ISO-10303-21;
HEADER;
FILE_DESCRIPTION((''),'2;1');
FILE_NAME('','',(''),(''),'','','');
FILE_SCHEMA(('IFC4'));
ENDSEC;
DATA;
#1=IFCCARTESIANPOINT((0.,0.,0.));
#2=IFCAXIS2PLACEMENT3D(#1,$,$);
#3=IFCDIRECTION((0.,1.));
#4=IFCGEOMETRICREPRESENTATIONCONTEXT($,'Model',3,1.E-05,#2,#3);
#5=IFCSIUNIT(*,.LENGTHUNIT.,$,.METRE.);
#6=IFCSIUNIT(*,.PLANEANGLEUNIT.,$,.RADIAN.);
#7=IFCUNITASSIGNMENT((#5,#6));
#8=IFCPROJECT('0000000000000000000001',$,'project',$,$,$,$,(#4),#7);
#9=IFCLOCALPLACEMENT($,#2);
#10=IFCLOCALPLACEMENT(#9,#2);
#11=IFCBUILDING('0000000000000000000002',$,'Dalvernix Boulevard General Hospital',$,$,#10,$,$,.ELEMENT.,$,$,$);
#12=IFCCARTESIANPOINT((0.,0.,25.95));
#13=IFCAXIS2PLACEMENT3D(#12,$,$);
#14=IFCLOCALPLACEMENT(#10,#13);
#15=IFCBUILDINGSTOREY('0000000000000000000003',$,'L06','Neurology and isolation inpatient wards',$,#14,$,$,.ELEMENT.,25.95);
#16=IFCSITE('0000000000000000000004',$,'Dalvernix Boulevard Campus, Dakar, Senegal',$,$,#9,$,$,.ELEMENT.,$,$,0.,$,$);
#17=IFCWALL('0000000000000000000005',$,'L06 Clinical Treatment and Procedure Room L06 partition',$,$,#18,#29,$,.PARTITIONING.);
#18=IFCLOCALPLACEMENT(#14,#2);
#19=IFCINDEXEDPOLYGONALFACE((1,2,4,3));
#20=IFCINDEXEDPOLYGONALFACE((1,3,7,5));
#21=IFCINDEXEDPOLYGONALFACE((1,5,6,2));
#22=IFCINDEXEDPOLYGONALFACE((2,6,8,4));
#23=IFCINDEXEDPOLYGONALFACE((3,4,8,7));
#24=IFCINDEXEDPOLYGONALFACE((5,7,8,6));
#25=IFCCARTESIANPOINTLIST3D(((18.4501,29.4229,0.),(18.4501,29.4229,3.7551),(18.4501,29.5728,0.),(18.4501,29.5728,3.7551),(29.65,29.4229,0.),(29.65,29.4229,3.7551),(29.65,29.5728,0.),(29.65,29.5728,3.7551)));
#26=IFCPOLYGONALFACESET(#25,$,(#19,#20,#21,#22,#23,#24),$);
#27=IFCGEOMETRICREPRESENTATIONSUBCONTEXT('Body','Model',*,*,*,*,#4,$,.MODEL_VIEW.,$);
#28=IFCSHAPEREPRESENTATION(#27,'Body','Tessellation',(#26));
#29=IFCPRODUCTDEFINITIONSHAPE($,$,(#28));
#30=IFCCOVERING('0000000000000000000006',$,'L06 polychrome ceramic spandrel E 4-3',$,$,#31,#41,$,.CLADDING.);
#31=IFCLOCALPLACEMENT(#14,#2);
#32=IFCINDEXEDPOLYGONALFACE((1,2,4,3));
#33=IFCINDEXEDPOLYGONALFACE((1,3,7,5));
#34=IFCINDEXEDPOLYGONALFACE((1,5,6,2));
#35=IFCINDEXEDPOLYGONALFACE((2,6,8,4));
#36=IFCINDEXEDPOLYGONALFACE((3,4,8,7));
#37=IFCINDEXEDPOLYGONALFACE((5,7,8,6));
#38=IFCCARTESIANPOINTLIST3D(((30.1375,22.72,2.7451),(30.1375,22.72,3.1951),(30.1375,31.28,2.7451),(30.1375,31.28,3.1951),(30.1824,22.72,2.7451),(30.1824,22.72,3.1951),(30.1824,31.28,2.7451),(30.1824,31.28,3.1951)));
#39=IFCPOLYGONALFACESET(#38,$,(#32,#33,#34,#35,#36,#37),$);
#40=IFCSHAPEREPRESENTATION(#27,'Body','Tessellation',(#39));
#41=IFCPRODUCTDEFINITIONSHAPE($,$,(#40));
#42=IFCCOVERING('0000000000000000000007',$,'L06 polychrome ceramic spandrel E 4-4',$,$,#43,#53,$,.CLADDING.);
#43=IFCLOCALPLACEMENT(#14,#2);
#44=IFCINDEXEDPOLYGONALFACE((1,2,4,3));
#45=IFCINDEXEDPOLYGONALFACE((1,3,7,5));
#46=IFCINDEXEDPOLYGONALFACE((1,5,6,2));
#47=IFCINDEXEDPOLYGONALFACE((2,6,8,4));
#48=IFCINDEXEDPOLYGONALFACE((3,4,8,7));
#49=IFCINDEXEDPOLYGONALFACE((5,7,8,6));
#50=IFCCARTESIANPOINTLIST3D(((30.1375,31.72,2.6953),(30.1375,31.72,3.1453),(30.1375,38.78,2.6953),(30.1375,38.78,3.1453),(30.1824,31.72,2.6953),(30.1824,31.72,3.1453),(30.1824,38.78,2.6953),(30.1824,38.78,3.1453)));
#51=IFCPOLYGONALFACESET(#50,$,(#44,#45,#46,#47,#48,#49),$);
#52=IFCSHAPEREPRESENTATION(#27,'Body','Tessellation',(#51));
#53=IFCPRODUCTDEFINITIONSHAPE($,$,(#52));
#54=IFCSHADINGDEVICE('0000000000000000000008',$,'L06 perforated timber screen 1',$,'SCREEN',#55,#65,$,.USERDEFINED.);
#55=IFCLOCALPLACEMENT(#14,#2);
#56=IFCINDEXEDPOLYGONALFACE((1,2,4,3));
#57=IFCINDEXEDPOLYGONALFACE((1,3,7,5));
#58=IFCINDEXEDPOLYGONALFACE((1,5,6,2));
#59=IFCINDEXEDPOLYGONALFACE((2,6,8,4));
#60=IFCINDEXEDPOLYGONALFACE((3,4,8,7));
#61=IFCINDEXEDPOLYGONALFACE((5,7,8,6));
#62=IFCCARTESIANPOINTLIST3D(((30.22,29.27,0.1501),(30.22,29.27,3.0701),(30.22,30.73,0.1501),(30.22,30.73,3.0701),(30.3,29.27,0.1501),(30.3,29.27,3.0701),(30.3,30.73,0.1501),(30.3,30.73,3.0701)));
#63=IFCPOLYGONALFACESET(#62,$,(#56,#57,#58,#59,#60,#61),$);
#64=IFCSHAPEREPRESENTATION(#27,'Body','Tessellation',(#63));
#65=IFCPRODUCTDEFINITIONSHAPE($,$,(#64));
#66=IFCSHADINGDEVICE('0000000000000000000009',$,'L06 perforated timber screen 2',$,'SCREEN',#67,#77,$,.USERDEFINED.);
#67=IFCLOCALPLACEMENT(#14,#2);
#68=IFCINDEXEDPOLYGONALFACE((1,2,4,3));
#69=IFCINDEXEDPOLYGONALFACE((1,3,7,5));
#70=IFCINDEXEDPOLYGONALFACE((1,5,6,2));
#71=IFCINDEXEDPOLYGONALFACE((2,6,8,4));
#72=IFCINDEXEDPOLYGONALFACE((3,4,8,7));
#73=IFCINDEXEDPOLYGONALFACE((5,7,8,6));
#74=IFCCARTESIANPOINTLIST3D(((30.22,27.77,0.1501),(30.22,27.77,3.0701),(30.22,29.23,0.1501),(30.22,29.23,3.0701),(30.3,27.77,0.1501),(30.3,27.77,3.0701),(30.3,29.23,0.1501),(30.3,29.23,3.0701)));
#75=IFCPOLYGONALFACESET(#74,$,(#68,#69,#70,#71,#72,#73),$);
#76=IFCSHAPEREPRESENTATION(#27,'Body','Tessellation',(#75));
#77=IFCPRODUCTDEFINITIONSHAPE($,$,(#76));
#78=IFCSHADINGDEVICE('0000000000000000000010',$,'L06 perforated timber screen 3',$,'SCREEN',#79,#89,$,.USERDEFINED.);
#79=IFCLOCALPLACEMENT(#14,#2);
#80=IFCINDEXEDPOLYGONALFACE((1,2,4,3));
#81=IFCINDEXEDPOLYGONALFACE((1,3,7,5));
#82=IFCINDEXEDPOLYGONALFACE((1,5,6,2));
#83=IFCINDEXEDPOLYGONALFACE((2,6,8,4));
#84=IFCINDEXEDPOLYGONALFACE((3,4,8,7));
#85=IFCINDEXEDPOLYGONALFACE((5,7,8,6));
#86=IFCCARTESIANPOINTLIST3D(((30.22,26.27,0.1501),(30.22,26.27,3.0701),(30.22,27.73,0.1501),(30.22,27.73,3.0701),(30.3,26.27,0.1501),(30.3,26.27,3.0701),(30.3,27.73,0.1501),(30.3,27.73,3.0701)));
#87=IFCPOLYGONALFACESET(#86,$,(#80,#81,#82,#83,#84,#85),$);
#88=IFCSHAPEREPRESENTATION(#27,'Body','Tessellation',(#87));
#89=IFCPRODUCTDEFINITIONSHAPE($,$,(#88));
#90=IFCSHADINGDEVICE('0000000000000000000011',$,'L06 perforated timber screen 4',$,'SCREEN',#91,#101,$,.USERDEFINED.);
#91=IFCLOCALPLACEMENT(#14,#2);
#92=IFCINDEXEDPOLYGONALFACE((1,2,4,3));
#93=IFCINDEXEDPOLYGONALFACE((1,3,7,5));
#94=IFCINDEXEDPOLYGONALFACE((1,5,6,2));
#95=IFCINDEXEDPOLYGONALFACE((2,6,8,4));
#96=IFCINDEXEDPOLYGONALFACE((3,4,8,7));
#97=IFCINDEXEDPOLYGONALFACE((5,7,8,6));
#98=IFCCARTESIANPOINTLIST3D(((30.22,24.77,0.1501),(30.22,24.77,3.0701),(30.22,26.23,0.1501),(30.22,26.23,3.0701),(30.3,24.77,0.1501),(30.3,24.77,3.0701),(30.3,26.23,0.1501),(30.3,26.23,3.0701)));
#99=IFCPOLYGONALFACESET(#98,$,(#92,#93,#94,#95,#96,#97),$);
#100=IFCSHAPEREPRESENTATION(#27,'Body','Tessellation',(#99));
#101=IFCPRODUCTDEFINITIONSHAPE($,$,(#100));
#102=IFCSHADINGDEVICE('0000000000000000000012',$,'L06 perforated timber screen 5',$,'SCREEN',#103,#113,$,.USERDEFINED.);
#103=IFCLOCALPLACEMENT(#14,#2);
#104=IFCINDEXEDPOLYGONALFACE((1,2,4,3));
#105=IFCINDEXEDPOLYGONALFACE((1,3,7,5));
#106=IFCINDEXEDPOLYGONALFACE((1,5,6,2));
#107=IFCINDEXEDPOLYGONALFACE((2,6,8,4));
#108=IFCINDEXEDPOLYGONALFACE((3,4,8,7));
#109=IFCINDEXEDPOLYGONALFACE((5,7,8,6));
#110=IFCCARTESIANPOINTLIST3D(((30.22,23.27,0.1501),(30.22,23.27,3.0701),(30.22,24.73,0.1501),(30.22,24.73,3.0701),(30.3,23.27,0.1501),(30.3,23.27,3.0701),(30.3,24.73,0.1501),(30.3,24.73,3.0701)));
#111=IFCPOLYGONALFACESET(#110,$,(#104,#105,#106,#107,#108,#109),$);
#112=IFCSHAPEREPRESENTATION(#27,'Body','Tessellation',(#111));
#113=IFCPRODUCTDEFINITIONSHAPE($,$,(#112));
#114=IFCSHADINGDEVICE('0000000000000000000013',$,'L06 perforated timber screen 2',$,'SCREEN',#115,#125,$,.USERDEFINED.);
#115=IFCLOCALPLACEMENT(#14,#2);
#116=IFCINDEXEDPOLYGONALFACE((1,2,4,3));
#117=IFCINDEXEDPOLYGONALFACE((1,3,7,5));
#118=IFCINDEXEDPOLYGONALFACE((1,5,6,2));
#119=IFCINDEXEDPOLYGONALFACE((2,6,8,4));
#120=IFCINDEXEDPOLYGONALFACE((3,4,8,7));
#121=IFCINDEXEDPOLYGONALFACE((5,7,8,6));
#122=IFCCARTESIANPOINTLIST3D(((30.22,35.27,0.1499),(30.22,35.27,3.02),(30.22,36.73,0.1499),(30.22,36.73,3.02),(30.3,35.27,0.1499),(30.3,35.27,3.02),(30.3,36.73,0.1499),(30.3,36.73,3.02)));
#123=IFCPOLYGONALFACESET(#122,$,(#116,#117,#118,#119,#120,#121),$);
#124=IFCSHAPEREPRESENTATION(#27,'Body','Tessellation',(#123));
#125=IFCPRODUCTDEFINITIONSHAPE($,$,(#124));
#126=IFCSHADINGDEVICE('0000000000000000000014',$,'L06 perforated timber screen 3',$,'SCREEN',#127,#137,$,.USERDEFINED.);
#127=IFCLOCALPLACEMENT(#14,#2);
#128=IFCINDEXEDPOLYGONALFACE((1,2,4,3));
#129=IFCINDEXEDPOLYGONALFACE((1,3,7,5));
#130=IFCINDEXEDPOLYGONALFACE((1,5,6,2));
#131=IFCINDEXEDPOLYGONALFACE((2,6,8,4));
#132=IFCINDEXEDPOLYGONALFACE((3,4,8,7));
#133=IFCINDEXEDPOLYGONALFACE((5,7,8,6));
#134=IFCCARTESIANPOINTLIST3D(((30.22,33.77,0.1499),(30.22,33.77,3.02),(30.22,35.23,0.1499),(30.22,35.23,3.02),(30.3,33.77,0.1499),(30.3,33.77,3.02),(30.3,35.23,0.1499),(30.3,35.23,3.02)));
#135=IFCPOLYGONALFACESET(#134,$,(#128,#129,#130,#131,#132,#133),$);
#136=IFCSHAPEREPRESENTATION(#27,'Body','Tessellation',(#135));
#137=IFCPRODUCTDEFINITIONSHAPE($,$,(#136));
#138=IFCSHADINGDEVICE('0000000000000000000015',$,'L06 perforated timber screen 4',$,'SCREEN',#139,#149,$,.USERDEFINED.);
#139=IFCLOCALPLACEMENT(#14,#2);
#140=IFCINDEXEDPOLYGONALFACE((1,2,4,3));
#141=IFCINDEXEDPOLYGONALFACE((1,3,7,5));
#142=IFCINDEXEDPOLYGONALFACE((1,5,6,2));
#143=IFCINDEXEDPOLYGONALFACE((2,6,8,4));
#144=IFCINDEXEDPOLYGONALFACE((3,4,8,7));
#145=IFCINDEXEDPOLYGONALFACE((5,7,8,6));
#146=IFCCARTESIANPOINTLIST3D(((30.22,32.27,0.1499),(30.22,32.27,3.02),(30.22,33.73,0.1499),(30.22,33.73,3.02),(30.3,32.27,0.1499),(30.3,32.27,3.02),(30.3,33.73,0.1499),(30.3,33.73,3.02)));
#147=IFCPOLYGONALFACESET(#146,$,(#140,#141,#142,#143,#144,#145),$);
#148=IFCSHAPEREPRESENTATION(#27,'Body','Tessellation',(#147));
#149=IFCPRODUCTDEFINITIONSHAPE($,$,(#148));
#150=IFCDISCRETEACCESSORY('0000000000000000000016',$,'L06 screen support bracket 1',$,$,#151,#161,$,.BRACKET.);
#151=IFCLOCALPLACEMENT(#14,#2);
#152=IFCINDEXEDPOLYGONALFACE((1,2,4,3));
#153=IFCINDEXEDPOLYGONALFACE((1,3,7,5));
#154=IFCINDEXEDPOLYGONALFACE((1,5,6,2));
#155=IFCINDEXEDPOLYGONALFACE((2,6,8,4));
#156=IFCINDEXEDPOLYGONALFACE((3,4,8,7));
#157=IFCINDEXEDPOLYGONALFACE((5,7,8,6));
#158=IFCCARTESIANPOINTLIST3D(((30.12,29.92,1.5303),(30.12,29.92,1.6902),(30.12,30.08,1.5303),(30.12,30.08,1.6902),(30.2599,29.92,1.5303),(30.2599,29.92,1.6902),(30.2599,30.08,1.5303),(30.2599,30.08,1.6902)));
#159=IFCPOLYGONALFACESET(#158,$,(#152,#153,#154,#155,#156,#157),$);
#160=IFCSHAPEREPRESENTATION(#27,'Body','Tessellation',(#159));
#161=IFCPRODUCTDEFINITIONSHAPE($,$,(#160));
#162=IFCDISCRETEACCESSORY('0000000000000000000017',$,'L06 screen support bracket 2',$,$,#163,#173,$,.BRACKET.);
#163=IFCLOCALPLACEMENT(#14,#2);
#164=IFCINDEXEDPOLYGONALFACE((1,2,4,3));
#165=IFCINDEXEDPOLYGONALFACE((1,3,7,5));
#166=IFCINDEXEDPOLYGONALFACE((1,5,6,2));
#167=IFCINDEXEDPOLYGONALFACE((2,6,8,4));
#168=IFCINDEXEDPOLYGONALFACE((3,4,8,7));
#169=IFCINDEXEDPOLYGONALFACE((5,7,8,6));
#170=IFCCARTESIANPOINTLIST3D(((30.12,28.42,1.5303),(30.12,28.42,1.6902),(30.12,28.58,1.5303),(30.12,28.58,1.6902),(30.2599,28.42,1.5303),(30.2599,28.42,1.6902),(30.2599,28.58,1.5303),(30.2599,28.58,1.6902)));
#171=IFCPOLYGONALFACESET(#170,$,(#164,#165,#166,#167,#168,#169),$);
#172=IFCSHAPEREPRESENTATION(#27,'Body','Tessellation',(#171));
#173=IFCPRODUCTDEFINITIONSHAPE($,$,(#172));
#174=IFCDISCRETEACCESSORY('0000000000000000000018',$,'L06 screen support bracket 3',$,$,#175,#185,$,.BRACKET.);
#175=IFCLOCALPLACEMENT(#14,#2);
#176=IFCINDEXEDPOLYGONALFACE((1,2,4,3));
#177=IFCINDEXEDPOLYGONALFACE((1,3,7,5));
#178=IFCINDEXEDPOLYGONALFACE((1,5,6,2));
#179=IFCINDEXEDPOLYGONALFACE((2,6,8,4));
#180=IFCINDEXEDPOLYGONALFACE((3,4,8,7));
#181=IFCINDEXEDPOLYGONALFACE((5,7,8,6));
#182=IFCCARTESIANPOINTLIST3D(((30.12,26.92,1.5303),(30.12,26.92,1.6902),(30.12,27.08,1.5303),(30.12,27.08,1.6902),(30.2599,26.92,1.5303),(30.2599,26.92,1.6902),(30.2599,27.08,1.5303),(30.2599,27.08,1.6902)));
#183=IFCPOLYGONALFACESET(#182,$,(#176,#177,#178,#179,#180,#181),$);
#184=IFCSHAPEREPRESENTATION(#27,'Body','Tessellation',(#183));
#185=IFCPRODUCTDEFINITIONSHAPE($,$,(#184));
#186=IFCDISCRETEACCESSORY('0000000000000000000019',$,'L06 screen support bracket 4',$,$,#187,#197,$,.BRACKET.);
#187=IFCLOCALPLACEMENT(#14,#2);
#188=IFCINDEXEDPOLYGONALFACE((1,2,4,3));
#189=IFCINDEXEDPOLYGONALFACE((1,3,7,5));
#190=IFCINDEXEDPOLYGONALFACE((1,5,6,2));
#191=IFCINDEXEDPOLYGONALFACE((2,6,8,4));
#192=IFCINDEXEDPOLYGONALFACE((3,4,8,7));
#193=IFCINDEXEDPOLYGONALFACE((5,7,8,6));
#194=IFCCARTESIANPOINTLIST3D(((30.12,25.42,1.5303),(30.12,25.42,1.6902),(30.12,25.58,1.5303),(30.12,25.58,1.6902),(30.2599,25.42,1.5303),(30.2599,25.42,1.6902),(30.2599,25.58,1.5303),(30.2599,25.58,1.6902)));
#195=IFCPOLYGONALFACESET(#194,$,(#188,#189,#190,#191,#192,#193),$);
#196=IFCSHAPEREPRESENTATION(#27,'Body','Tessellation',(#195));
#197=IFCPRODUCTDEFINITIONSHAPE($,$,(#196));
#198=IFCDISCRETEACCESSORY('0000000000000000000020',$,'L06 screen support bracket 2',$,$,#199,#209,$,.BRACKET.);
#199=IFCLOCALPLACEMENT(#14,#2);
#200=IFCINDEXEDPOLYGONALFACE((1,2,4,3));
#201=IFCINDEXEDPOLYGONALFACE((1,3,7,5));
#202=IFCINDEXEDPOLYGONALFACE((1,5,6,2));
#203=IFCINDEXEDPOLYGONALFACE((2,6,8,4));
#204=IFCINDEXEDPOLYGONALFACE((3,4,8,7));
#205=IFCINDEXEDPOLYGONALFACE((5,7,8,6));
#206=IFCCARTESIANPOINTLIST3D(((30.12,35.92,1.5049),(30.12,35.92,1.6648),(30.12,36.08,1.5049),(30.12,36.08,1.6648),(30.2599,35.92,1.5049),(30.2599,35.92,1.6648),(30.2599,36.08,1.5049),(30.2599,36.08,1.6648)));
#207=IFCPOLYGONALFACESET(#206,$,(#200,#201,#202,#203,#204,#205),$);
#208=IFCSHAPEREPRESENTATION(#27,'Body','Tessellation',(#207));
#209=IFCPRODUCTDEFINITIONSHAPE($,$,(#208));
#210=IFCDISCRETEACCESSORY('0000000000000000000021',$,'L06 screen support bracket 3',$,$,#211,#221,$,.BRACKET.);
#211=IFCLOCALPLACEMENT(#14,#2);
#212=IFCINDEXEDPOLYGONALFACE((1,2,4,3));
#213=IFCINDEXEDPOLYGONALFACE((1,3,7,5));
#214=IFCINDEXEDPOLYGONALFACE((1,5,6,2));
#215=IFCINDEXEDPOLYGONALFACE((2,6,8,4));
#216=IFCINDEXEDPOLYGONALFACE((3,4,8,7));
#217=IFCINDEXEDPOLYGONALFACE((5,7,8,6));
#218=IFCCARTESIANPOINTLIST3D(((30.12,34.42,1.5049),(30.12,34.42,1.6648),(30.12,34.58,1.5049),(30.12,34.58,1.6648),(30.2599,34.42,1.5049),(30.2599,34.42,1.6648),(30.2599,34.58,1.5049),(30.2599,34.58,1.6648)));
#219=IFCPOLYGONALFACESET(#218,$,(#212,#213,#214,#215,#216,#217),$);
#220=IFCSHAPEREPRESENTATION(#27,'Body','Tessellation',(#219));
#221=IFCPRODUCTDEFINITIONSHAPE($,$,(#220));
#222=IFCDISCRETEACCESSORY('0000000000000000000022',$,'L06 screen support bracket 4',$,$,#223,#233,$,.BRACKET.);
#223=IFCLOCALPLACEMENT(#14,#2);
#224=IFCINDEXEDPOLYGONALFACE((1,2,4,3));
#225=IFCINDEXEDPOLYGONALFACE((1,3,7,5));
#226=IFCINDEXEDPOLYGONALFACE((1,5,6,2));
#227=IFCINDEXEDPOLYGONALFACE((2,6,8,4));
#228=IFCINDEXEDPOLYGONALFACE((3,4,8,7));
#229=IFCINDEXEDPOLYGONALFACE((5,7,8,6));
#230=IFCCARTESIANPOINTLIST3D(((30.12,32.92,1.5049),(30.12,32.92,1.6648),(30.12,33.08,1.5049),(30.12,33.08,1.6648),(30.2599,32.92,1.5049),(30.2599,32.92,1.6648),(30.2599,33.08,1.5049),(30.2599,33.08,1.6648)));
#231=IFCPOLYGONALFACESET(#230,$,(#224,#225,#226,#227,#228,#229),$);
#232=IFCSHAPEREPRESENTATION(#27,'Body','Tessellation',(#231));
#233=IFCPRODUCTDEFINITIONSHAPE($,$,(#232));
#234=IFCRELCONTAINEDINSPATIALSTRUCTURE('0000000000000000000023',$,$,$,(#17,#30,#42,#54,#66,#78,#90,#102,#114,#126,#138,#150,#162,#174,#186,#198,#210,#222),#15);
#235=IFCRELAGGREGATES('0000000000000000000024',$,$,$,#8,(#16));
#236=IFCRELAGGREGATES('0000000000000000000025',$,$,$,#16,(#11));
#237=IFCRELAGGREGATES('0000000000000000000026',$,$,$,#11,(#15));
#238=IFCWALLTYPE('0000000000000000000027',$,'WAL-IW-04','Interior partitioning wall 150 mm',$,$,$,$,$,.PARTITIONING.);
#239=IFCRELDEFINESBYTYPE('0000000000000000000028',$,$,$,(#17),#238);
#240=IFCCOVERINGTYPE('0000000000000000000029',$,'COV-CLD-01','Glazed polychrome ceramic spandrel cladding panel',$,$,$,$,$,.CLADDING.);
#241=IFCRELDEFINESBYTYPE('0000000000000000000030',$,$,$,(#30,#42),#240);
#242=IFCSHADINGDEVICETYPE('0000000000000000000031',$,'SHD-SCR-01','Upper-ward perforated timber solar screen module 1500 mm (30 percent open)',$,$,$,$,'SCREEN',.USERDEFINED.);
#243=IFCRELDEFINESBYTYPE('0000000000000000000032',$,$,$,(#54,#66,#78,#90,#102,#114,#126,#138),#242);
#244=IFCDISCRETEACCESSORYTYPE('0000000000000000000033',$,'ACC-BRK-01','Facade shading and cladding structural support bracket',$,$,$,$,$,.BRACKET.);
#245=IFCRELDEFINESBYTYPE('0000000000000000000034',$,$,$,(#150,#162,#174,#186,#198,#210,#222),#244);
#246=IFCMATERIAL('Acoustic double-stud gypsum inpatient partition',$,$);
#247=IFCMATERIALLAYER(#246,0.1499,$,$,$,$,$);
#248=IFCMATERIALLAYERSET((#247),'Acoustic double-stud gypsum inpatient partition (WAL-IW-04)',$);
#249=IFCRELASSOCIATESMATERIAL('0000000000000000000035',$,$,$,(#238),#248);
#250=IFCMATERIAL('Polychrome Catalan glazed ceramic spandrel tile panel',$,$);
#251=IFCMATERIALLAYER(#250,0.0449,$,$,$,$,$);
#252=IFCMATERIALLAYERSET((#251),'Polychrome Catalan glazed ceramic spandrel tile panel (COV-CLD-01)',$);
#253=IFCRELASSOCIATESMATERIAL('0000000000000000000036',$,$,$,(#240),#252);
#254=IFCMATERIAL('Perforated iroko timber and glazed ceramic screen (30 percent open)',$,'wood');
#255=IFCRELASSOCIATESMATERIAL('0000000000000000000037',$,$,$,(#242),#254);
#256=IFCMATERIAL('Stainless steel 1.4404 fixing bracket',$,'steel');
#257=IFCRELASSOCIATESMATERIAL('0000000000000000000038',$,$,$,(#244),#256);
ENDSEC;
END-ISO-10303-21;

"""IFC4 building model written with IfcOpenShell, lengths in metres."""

from ifc_helpers import new_model, si_unit, direction, frame, frame_2d, origin, origin_2d, place, context, subcontext, project, spatial, rectangle, extrude, material, layer, layer_set, type_object, element, save


model = new_model("IFC4")

# Units and contexts
model_context = context("Model", 3, precision=1e-05, world=origin(), true_north=direction((0.0, 1.0)))
body_context = subcontext(model_context, "Body", "Model", "MODEL_VIEW")
ifc_project = project(units=[si_unit("LENGTHUNIT", "METRE"), si_unit("PLANEANGLEUNIT", "RADIAN")], contexts=[model_context])

# Site, building, storey
site_placement = place(None, origin())
site = spatial("IfcSite", under=ifc_project, at=site_placement, Name="Dalvernix Boulevard Campus, Dakar, Senegal", CompositionType="ELEMENT", RefElevation=0.0)
building_placement = place(site_placement, origin())
building = spatial("IfcBuilding", under=site, at=building_placement, Name="Dalvernix Boulevard General Hospital", CompositionType="ELEMENT")
storey_placement = place(building_placement, frame((0.0, 0.0, 25.95)))
storey = spatial("IfcBuildingStorey", under=building, at=storey_placement, Name="L06", Description="Neurology and isolation inpatient wards", CompositionType="ELEMENT", Elevation=25.95)

# Wall
ifc_material_1 = material(Name="Acoustic double-stud gypsum inpatient partition")
ifc_layer_1 = layer(ifc_material_1, 0.1499)
ifc_layer_set_1 = layer_set([ifc_layer_1], Name="Acoustic double-stud gypsum inpatient partition (WAL-IW-04)")
wall_type_1 = type_object("IfcWallType", Name="WAL-IW-04", Description="Interior partitioning wall 150 mm", PredefinedType="PARTITIONING", material=ifc_layer_set_1)
wall_1_placement = place(storey_placement, frame((18.45, 29.4978, 0.0), z_axis=(0.0, 0.0, 1.0), x_axis=(1.0, 0.0, 0.0)))
element("IfcWall", 1, at=wall_1_placement, inside=storey, type_object=wall_type_1, Name="L06 Clinical Treatment and Procedure Room L06 partition", PredefinedType="PARTITIONING", context=body_context, shape_type="SweptSolid", body=[
    extrude(rectangle(XDim=11.2, YDim=0.1499, at=frame_2d((5.6001, 0.0))), origin(), (0.0, 0.0, 1.0), 3.7551),
])

# Coverings
ifc_material_2 = material(Name="Polychrome Catalan glazed ceramic spandrel tile panel")
ifc_layer_2 = layer(ifc_material_2, 0.0449)
ifc_layer_set_2 = layer_set([ifc_layer_2], Name="Polychrome Catalan glazed ceramic spandrel tile panel (COV-CLD-01)")
covering_type = type_object("IfcCoveringType", Name="COV-CLD-01", Description="Glazed polychrome ceramic spandrel cladding panel", PredefinedType="CLADDING", material=ifc_layer_set_2)
covering_1_placement = place(storey_placement, frame((30.1599, 27.0, 2.7451), z_axis=(0.0, 0.0, 1.0), x_axis=(0.0, -1.0, 0.0)))
element("IfcCovering", 2, at=covering_1_placement, inside=storey, type_object=covering_type, Name="L06 polychrome ceramic spandrel E 4-3", PredefinedType="CLADDING", context=body_context, shape_type="SweptSolid", body=[
    extrude(rectangle(XDim=8.5601, YDim=0.0449, at=origin_2d()), origin(), (0.0, 0.0, 1.0), 0.45),
])
covering_2_placement = place(storey_placement, frame((30.1599, 35.25, 2.6953), z_axis=(0.0, 0.0, 1.0), x_axis=(0.0, -1.0, 0.0)))
element("IfcCovering", 3, at=covering_2_placement, inside=storey, type_object=covering_type, Name="L06 polychrome ceramic spandrel E 4-4", PredefinedType="CLADDING", context=body_context, shape_type="SweptSolid", body=[
    extrude(rectangle(XDim=7.0601, YDim=0.0449, at=origin_2d()), origin(), (0.0, 0.0, 1.0), 0.45),
])

# Shading devices
ifc_material_3 = material(Name="Perforated iroko timber and glazed ceramic screen (30 percent open)", Category="wood")
shading_device_type = type_object("IfcShadingDeviceType", Name="SHD-SCR-01", Description="Upper-ward perforated timber solar screen module 1500 mm (30 percent open)", ElementType="SCREEN", PredefinedType="USERDEFINED", material=ifc_material_3)
for number, where, z_axis, x_axis, name in (
    (4, (30.26, 30.0, 0.1501), (0.0, 0.0, 1.0), (0.0, -1.0, 0.0), "L06 perforated timber screen 1"),
    (5, (30.26, 28.5, 0.1501), (0.0, 0.0, 1.0), (0.0, -1.0, 0.0), "L06 perforated timber screen 2"),
    (6, (30.26, 27.0, 0.1501), (0.0, 0.0, 1.0), (0.0, -1.0, 0.0), "L06 perforated timber screen 3"),
    (7, (30.26, 25.5, 0.1501), (0.0, 0.0, 1.0), (0.0, -1.0, 0.0), "L06 perforated timber screen 4"),
    (8, (30.26, 24.0, 0.1501), (0.0, 0.0, 1.0), (0.0, -1.0, 0.0), "L06 perforated timber screen 5"),
):
    element("IfcShadingDevice", number, at=place(storey_placement, frame(where, z_axis=z_axis, x_axis=x_axis)), inside=storey, type_object=shading_device_type, Name=name, ObjectType="SCREEN", PredefinedType="USERDEFINED", context=body_context, shape_type="SweptSolid", body=[
        extrude(rectangle(XDim=1.46, YDim=0.0801, at=origin_2d()), origin(), (0.0, 0.0, 1.0), 2.9199),
    ])
for number, where, z_axis, x_axis, name in (
    (9, (30.26, 36.0, 0.1499), (0.0, 0.0, 1.0), (0.0, -1.0, 0.0), "L06 perforated timber screen 2"),
    (10, (30.26, 34.5, 0.1499), (0.0, 0.0, 1.0), (0.0, -1.0, 0.0), "L06 perforated timber screen 3"),
    (11, (30.26, 33.0, 0.1499), (0.0, 0.0, 1.0), (0.0, -1.0, 0.0), "L06 perforated timber screen 4"),
):
    element("IfcShadingDevice", number, at=place(storey_placement, frame(where, z_axis=z_axis, x_axis=x_axis)), inside=storey, type_object=shading_device_type, Name=name, ObjectType="SCREEN", PredefinedType="USERDEFINED", context=body_context, shape_type="SweptSolid", body=[
        extrude(rectangle(XDim=1.46, YDim=0.0801, at=origin_2d()), origin(), (0.0, 0.0, 1.0), 2.8701),
    ])

# Discrete accessories
ifc_material_4 = material(Name="Stainless steel 1.4404 fixing bracket", Category="steel")
discrete_accessory_type = type_object("IfcDiscreteAccessoryType", Name="ACC-BRK-01", Description="Facade shading and cladding structural support bracket", PredefinedType="BRACKET", material=ifc_material_4)
for number, where, z_axis, x_axis, name in (
    (12, (30.1899, 30.0, 1.5303), (0.0, 0.0, 1.0), (0.0, -1.0, 0.0), "L06 screen support bracket 1"),
    (13, (30.1899, 28.5, 1.5303), (0.0, 0.0, 1.0), (0.0, -1.0, 0.0), "L06 screen support bracket 2"),
    (14, (30.1899, 27.0, 1.5303), (0.0, 0.0, 1.0), (0.0, -1.0, 0.0), "L06 screen support bracket 3"),
    (15, (30.1899, 25.5, 1.5303), (0.0, 0.0, 1.0), (0.0, -1.0, 0.0), "L06 screen support bracket 4"),
    (16, (30.1899, 36.0, 1.5049), (0.0, 0.0, 1.0), (0.0, -1.0, 0.0), "L06 screen support bracket 2"),
    (17, (30.1899, 34.5, 1.5049), (0.0, 0.0, 1.0), (0.0, -1.0, 0.0), "L06 screen support bracket 3"),
    (18, (30.1899, 33.0, 1.5049), (0.0, 0.0, 1.0), (0.0, -1.0, 0.0), "L06 screen support bracket 4"),
):
    element("IfcDiscreteAccessory", number, at=place(storey_placement, frame(where, z_axis=z_axis, x_axis=x_axis)), inside=storey, type_object=discrete_accessory_type, Name=name, PredefinedType="BRACKET", context=body_context, shape_type="SweptSolid", body=[
        extrude(rectangle(XDim=0.1599, YDim=0.1399, at=origin_2d()), origin(), (0.0, 0.0, 1.0), 0.1599),
    ])

save(model, "model.ifc")
